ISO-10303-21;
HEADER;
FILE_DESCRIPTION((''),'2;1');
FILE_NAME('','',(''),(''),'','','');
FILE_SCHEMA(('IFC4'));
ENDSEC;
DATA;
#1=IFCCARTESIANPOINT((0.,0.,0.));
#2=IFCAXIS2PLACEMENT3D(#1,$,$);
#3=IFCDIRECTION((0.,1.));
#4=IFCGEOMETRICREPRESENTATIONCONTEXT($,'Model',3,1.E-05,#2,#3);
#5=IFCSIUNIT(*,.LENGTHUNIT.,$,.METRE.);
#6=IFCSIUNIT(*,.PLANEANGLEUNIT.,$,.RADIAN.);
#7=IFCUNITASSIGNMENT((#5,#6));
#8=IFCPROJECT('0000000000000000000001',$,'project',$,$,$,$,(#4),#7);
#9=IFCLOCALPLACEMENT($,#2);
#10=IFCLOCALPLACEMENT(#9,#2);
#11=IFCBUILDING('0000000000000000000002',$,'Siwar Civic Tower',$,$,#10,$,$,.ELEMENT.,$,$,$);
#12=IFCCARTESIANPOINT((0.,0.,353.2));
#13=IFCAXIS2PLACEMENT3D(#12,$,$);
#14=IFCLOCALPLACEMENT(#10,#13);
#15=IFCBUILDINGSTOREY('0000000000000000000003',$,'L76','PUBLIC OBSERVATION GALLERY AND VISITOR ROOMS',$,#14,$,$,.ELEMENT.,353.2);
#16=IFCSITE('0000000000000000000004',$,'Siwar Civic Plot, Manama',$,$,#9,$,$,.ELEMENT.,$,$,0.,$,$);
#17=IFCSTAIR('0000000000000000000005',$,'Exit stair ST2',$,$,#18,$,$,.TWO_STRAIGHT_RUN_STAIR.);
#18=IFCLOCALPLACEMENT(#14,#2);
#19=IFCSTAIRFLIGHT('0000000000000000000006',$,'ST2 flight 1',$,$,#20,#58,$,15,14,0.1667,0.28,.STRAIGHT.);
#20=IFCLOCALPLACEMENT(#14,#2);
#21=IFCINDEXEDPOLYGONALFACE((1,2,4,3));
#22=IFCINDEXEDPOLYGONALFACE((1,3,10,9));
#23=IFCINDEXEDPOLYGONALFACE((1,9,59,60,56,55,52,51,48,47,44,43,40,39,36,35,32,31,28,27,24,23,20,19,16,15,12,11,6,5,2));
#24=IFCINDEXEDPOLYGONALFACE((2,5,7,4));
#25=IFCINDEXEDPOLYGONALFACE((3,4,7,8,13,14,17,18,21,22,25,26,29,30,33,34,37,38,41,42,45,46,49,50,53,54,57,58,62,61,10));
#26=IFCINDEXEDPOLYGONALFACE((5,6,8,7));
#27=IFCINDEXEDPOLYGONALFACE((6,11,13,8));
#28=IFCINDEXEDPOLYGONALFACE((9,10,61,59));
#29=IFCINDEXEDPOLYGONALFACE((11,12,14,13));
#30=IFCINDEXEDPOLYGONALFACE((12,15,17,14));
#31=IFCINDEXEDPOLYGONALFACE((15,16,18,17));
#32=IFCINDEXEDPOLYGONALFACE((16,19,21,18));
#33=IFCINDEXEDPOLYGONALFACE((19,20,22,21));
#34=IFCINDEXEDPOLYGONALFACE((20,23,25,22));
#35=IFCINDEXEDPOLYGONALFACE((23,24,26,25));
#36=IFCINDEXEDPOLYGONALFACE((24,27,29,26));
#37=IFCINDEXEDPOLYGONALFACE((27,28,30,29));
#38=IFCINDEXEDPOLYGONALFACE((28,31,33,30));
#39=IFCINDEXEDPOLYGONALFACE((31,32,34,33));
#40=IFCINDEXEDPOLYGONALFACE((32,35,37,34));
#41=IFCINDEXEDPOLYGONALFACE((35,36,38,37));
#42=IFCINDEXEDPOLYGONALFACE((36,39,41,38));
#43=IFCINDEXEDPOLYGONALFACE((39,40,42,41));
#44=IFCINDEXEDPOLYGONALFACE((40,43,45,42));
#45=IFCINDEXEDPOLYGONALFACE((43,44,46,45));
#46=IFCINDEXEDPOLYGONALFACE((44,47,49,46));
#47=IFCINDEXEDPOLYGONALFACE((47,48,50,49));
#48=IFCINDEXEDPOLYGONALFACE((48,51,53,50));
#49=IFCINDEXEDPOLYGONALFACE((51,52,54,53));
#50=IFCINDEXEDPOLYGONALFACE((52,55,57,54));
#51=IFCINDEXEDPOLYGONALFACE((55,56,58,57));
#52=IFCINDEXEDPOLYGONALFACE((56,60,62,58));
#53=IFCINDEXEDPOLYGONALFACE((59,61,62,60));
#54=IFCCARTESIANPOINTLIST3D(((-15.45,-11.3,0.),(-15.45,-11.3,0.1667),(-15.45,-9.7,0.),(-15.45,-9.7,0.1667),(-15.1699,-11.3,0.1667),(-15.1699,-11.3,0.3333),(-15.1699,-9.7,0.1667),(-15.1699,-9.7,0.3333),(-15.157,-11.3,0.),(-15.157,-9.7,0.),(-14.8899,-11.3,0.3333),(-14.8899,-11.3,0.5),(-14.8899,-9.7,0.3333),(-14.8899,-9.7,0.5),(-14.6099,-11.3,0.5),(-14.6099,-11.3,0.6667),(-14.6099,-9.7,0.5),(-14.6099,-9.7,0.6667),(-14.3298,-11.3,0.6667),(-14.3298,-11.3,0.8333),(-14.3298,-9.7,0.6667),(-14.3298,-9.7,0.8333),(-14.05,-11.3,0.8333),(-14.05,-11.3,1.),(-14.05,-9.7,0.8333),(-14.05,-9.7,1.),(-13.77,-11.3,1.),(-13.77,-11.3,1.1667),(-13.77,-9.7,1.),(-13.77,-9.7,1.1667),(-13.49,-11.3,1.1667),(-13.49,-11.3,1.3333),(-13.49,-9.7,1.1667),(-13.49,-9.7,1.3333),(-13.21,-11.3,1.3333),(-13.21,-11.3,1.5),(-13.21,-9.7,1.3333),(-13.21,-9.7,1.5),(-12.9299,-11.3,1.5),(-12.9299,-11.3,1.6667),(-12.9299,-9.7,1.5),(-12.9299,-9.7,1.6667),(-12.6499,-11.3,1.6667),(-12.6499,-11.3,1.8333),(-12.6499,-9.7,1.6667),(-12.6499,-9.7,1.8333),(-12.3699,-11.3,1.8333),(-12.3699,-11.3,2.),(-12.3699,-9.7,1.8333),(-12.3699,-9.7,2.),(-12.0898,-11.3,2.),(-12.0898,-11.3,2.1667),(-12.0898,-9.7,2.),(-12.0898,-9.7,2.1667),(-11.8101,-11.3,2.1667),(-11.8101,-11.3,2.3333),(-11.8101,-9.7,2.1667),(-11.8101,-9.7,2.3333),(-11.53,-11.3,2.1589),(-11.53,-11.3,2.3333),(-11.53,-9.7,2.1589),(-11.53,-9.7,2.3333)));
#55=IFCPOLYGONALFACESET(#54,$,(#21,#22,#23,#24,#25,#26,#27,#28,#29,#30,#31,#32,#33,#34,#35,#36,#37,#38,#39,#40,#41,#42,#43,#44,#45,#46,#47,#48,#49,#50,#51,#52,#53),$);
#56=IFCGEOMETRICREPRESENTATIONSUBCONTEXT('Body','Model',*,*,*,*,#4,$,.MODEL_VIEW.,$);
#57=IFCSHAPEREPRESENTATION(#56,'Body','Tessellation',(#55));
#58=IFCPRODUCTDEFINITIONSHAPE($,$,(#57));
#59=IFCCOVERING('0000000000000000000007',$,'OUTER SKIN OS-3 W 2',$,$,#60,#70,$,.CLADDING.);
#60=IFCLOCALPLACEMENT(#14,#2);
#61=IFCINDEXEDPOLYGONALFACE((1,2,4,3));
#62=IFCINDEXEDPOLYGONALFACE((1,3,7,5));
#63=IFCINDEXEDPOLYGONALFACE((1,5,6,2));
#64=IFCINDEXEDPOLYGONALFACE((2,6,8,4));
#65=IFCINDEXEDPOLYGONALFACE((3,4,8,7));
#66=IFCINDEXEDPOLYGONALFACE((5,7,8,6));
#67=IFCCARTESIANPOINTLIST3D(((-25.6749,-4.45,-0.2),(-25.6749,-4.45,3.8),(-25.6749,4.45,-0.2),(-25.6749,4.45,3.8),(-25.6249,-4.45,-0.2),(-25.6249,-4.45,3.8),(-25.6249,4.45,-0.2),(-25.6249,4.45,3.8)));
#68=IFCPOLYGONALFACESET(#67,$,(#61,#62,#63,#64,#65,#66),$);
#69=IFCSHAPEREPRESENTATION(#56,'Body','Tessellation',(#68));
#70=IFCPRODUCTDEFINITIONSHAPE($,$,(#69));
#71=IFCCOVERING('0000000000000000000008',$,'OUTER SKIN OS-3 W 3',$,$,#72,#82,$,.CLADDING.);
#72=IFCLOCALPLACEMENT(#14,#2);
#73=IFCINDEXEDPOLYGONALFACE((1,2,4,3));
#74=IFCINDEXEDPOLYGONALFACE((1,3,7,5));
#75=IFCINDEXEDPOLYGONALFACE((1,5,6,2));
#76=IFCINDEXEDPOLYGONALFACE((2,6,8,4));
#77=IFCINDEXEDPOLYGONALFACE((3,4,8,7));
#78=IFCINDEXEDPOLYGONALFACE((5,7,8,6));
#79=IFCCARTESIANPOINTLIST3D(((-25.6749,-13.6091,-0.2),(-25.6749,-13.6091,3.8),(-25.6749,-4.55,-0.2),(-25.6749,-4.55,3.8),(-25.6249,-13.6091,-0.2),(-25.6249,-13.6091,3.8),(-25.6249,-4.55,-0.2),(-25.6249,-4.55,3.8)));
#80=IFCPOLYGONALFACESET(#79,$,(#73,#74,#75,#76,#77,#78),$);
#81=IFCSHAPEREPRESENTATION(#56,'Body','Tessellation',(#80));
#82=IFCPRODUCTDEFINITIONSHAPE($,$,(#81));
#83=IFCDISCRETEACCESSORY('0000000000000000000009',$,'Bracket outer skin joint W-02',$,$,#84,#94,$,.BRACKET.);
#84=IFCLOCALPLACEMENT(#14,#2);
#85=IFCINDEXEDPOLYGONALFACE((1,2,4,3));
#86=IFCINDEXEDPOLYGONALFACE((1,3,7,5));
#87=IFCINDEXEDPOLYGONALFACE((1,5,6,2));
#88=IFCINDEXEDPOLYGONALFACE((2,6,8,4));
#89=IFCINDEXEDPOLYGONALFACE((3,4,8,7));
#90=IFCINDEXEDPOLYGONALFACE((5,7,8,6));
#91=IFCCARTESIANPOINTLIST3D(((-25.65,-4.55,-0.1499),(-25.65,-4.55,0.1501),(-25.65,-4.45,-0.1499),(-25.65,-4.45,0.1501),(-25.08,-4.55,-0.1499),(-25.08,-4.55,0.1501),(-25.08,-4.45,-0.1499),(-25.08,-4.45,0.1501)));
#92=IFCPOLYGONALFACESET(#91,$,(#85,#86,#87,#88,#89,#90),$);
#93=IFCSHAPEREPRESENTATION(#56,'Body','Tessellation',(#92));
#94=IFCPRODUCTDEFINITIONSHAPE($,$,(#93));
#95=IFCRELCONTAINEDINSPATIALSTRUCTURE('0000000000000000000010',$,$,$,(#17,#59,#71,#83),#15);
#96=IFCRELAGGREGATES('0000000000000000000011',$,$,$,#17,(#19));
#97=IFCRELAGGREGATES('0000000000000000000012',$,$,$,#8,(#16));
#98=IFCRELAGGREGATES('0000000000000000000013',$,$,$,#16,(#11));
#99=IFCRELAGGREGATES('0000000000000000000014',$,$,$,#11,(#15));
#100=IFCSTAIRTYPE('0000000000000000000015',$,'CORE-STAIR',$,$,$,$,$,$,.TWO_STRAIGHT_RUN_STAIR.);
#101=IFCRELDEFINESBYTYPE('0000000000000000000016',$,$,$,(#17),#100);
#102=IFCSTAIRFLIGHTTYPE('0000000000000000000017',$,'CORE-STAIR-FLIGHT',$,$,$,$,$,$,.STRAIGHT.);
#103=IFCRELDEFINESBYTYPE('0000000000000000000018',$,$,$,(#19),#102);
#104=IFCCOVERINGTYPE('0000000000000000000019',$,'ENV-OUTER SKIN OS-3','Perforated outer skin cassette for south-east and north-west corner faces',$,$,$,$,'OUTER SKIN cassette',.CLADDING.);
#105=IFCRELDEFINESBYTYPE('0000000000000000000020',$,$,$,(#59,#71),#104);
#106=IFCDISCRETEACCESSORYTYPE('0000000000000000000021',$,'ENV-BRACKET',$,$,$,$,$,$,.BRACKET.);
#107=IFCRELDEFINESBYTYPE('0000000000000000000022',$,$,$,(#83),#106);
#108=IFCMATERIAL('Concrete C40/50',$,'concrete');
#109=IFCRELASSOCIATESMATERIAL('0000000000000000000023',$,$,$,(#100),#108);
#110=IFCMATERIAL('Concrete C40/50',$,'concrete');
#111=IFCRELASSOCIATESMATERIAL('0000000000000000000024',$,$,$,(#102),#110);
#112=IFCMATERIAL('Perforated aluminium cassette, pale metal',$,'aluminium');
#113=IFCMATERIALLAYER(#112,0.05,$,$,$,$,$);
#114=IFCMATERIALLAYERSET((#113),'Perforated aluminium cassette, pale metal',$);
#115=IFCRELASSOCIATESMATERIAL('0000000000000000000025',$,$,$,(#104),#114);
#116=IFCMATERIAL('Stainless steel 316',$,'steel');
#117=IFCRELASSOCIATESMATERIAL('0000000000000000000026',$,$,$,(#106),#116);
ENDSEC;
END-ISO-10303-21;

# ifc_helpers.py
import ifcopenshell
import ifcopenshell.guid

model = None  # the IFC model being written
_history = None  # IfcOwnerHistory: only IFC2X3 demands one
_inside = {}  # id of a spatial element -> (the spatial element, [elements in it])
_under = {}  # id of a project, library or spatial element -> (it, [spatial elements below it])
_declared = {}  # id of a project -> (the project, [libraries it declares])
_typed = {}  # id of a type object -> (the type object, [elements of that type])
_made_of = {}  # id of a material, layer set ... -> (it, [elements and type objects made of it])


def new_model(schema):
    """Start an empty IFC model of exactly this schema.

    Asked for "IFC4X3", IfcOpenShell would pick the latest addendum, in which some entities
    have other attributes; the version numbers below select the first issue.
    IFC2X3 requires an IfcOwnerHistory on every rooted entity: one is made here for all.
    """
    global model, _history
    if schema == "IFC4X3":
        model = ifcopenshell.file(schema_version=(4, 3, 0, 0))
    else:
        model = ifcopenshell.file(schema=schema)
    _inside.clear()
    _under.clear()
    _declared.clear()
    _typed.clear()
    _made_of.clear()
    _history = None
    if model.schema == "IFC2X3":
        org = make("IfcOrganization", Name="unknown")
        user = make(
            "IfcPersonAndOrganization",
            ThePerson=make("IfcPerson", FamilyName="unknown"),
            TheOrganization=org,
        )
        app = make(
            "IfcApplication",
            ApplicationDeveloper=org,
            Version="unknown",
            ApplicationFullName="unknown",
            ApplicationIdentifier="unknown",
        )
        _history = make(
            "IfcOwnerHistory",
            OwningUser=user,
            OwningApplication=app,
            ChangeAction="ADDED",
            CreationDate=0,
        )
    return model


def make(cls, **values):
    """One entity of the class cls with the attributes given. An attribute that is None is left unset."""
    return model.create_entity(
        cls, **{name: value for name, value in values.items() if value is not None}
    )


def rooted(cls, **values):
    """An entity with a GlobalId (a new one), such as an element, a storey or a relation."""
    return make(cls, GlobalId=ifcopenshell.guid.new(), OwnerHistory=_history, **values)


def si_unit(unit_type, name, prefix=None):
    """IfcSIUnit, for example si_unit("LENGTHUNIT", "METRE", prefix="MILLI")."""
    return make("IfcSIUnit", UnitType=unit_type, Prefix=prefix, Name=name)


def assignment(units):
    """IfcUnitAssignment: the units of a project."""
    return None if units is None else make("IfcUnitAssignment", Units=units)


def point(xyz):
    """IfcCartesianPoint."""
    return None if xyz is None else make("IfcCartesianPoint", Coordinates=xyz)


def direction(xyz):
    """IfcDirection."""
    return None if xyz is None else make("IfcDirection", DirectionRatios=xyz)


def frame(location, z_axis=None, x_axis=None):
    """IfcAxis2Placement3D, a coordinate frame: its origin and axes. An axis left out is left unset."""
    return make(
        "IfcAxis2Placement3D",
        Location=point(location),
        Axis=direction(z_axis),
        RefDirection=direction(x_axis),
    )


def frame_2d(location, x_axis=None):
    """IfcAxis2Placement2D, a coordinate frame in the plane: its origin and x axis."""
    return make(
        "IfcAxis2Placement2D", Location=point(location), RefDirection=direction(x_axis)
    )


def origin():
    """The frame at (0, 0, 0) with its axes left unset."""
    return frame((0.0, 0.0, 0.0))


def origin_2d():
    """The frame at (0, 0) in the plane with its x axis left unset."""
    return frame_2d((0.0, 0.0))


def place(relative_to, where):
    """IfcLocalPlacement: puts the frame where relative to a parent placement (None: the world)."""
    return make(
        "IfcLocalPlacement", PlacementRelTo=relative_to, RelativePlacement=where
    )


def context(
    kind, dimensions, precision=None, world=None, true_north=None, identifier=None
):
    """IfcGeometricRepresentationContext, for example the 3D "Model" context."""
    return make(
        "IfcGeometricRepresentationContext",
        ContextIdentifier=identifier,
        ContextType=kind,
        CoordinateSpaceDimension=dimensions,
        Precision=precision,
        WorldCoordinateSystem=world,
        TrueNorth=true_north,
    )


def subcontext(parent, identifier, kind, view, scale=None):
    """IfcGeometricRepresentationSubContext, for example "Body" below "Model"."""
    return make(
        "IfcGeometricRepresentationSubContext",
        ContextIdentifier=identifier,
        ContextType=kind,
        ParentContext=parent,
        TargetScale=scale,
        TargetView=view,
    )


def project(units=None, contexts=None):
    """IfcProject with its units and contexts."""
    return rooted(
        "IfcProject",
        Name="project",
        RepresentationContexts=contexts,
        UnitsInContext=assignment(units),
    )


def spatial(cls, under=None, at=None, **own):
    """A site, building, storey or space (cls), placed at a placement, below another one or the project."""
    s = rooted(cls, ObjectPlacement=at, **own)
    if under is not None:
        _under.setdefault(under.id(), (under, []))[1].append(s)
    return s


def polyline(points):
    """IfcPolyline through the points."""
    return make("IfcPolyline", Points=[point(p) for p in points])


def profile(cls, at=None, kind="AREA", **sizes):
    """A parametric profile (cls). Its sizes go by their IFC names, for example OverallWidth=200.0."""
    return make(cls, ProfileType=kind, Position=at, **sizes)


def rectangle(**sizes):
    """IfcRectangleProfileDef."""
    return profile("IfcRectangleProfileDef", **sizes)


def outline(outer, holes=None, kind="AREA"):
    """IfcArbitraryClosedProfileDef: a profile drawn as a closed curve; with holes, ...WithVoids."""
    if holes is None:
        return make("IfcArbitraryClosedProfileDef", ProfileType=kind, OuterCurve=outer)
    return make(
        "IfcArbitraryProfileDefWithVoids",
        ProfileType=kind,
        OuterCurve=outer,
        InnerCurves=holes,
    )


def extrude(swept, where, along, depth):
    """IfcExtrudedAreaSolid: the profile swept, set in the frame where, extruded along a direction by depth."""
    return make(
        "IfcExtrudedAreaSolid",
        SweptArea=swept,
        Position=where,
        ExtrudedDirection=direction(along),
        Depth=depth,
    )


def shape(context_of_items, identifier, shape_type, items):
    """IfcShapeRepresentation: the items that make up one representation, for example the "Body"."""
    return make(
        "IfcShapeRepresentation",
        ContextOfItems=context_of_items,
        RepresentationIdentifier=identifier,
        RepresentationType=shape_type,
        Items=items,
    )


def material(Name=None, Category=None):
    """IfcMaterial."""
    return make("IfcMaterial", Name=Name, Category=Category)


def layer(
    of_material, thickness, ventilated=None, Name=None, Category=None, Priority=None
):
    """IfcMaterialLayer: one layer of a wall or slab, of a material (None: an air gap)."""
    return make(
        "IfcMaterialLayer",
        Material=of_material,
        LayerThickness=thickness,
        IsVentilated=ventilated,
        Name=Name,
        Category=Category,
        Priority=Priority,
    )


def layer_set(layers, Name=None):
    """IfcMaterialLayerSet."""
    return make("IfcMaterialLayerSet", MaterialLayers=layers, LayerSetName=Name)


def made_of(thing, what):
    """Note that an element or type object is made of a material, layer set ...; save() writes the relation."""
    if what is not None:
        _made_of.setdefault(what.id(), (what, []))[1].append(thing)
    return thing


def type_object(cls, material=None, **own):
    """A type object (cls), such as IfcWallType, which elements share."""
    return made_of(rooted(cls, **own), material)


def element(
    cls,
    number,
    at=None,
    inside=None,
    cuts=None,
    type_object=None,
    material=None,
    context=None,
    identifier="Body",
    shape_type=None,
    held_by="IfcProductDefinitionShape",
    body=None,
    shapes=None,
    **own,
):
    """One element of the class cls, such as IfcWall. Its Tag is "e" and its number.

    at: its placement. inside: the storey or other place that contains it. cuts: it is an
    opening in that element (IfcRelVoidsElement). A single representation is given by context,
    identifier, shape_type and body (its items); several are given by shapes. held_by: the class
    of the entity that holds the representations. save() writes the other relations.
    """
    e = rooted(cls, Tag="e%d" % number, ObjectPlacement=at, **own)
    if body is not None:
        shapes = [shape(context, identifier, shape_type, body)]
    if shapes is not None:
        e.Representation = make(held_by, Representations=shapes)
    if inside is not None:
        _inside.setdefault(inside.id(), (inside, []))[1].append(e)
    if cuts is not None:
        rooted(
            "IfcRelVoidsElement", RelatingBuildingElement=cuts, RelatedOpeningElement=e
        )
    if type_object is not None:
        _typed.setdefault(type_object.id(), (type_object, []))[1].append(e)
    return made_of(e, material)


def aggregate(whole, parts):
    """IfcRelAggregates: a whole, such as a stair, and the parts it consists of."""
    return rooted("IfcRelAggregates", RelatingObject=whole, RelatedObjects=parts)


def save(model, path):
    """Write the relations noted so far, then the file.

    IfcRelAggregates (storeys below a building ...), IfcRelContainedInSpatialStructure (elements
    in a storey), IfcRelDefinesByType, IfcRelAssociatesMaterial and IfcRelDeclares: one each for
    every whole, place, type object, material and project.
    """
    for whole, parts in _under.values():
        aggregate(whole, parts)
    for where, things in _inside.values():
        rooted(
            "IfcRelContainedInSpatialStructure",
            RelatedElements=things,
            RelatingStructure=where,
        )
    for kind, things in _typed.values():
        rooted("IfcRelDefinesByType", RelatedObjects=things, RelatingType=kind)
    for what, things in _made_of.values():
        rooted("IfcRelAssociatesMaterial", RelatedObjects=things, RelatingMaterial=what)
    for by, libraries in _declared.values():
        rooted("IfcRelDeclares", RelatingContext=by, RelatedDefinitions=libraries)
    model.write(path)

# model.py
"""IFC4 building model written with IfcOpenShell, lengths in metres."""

from ifc_helpers import new_model, si_unit, direction, frame, origin, origin_2d, place, context, subcontext, project, spatial, polyline, rectangle, outline, extrude, material, layer, layer_set, type_object, element, aggregate, save


model = new_model("IFC4")

# Units and contexts
model_context = context("Model", 3, precision=1e-05, world=origin(), true_north=direction((0.0, 1.0)))
body_context = subcontext(model_context, "Body", "Model", "MODEL_VIEW")
ifc_project = project(units=[si_unit("LENGTHUNIT", "METRE"), si_unit("PLANEANGLEUNIT", "RADIAN")], contexts=[model_context])

# Site, building, storey
site_placement = place(None, origin())
site = spatial("IfcSite", under=ifc_project, at=site_placement, Name="Siwar Civic Plot, Manama", CompositionType="ELEMENT", RefElevation=0.0)
building_placement = place(site_placement, origin())
building = spatial("IfcBuilding", under=site, at=building_placement, Name="Siwar Civic Tower", CompositionType="ELEMENT")
storey_placement = place(building_placement, frame((0.0, 0.0, 353.2)))
storey = spatial("IfcBuildingStorey", under=building, at=storey_placement, Name="L76", Description="PUBLIC OBSERVATION GALLERY AND VISITOR ROOMS", CompositionType="ELEMENT", Elevation=353.2)

# Stair, stair flight
ifc_material_1 = material(Name="Concrete C40/50", Category="concrete")
stair_type = type_object("IfcStairType", Name="CORE-STAIR", PredefinedType="TWO_STRAIGHT_RUN_STAIR", material=ifc_material_1)
stair_placement = place(storey_placement, origin())
stair = element("IfcStair", 1, at=stair_placement, inside=storey, type_object=stair_type, Name="Exit stair ST2", PredefinedType="TWO_STRAIGHT_RUN_STAIR")
ifc_material_2 = material(Name="Concrete C40/50", Category="concrete")
stair_flight_type = type_object("IfcStairFlightType", Name="CORE-STAIR-FLIGHT", PredefinedType="STRAIGHT", material=ifc_material_2)
stair_flight_placement = place(storey_placement, frame((-15.45, -10.5, 0.0), z_axis=(0.0, 0.0, 1.0), x_axis=(1.0, 0.0, 0.0)))
stair_flight = element("IfcStairFlight", 2, at=stair_flight_placement, type_object=stair_flight_type, Name="ST2 flight 1", NumberOfRisers=15, NumberOfTreads=14, PredefinedType="STRAIGHT", RiserHeight=0.1667, TreadLength=0.28, context=body_context, shape_type="SweptSolid", body=[
    extrude(outline(polyline([(0.0, 0.0), (0.0, 0.1667), (0.28, 0.1667), (0.28, 0.3333), (0.5601, 0.3333), (0.5601, 0.5), (0.8401, 0.5), (0.8401, 0.6667), (1.1201, 0.6667), (1.1201, 0.8333), (1.3999, 0.8333), (1.3999, 1.0), (1.6799, 1.0), (1.6799, 1.1667), (1.96, 1.1667), (1.96, 1.3333), (2.24, 1.3333), (2.24, 1.5), (2.52, 1.5), (2.52, 1.6667), (2.8, 1.6667), (2.8, 1.8333), (3.0801, 1.8333), (3.0801, 2.0), (3.3601, 2.0), (3.3601, 2.1667), (3.6399, 2.1667), (3.6399, 2.3333), (3.9199, 2.3333), (3.9199, 2.5), (3.9199, 2.1589), (0.293, 0.0), (0.0, 0.0)])), frame((0.0, 0.8, 0.0), z_axis=(0.0, -1.0, 0.0), x_axis=(1.0, 0.0, 0.0)), (0.0, 0.0, 1.0), 1.6001),
])
aggregate(stair, [stair_flight])

# Coverings
ifc_material_3 = material(Name="Perforated aluminium cassette, pale metal", Category="aluminium")
ifc_layer_1 = layer(ifc_material_3, 0.05)
ifc_layer_set_1 = layer_set([ifc_layer_1], Name="Perforated aluminium cassette, pale metal")
covering_type = type_object("IfcCoveringType", Name="ENV-OUTER SKIN OS-3", Description="Perforated outer skin cassette for south-east and north-west corner faces", ElementType="OUTER SKIN cassette", PredefinedType="CLADDING", material=ifc_layer_set_1)
covering_1_placement = place(storey_placement, frame((-25.6499, 0.0, -0.2), z_axis=(0.0, 0.0, 1.0), x_axis=(0.0, -1.0, 0.0)))
element("IfcCovering", 3, at=covering_1_placement, inside=storey, type_object=covering_type, Name="OUTER SKIN OS-3 W 2", PredefinedType="CLADDING", context=body_context, shape_type="SweptSolid", body=[
    extrude(rectangle(XDim=8.8999, YDim=0.05, at=origin_2d()), origin(), (0.0, 0.0, 1.0), 4.0),
])
covering_2_placement = place(storey_placement, frame((-25.6499, -9.0796, -0.2), z_axis=(0.0, 0.0, 1.0), x_axis=(0.0, -1.0, 0.0)))
element("IfcCovering", 4, at=covering_2_placement, inside=storey, type_object=covering_type, Name="OUTER SKIN OS-3 W 3", PredefinedType="CLADDING", context=body_context, shape_type="SweptSolid", body=[
    extrude(rectangle(XDim=9.0591, YDim=0.05, at=origin_2d()), origin(), (0.0, 0.0, 1.0), 4.0),
])

# Discrete accessory
ifc_material_4 = material(Name="Stainless steel 316", Category="steel")
discrete_accessory_type = type_object("IfcDiscreteAccessoryType", Name="ENV-BRACKET", PredefinedType="BRACKET", material=ifc_material_4)
discrete_accessory_placement = place(storey_placement, frame((-25.365, -4.5, -0.1499), z_axis=(0.0, 0.0, 1.0), x_axis=(-1.0, 0.0, 0.0)))
element("IfcDiscreteAccessory", 5, at=discrete_accessory_placement, inside=storey, type_object=discrete_accessory_type, Name="Bracket outer skin joint W-02", PredefinedType="BRACKET", context=body_context, shape_type="SweptSolid", body=[
    extrude(rectangle(XDim=0.5701, YDim=0.1001, at=origin_2d()), origin(), (0.0, 0.0, 1.0), 0.3),
])

save(model, "model.ifc")
